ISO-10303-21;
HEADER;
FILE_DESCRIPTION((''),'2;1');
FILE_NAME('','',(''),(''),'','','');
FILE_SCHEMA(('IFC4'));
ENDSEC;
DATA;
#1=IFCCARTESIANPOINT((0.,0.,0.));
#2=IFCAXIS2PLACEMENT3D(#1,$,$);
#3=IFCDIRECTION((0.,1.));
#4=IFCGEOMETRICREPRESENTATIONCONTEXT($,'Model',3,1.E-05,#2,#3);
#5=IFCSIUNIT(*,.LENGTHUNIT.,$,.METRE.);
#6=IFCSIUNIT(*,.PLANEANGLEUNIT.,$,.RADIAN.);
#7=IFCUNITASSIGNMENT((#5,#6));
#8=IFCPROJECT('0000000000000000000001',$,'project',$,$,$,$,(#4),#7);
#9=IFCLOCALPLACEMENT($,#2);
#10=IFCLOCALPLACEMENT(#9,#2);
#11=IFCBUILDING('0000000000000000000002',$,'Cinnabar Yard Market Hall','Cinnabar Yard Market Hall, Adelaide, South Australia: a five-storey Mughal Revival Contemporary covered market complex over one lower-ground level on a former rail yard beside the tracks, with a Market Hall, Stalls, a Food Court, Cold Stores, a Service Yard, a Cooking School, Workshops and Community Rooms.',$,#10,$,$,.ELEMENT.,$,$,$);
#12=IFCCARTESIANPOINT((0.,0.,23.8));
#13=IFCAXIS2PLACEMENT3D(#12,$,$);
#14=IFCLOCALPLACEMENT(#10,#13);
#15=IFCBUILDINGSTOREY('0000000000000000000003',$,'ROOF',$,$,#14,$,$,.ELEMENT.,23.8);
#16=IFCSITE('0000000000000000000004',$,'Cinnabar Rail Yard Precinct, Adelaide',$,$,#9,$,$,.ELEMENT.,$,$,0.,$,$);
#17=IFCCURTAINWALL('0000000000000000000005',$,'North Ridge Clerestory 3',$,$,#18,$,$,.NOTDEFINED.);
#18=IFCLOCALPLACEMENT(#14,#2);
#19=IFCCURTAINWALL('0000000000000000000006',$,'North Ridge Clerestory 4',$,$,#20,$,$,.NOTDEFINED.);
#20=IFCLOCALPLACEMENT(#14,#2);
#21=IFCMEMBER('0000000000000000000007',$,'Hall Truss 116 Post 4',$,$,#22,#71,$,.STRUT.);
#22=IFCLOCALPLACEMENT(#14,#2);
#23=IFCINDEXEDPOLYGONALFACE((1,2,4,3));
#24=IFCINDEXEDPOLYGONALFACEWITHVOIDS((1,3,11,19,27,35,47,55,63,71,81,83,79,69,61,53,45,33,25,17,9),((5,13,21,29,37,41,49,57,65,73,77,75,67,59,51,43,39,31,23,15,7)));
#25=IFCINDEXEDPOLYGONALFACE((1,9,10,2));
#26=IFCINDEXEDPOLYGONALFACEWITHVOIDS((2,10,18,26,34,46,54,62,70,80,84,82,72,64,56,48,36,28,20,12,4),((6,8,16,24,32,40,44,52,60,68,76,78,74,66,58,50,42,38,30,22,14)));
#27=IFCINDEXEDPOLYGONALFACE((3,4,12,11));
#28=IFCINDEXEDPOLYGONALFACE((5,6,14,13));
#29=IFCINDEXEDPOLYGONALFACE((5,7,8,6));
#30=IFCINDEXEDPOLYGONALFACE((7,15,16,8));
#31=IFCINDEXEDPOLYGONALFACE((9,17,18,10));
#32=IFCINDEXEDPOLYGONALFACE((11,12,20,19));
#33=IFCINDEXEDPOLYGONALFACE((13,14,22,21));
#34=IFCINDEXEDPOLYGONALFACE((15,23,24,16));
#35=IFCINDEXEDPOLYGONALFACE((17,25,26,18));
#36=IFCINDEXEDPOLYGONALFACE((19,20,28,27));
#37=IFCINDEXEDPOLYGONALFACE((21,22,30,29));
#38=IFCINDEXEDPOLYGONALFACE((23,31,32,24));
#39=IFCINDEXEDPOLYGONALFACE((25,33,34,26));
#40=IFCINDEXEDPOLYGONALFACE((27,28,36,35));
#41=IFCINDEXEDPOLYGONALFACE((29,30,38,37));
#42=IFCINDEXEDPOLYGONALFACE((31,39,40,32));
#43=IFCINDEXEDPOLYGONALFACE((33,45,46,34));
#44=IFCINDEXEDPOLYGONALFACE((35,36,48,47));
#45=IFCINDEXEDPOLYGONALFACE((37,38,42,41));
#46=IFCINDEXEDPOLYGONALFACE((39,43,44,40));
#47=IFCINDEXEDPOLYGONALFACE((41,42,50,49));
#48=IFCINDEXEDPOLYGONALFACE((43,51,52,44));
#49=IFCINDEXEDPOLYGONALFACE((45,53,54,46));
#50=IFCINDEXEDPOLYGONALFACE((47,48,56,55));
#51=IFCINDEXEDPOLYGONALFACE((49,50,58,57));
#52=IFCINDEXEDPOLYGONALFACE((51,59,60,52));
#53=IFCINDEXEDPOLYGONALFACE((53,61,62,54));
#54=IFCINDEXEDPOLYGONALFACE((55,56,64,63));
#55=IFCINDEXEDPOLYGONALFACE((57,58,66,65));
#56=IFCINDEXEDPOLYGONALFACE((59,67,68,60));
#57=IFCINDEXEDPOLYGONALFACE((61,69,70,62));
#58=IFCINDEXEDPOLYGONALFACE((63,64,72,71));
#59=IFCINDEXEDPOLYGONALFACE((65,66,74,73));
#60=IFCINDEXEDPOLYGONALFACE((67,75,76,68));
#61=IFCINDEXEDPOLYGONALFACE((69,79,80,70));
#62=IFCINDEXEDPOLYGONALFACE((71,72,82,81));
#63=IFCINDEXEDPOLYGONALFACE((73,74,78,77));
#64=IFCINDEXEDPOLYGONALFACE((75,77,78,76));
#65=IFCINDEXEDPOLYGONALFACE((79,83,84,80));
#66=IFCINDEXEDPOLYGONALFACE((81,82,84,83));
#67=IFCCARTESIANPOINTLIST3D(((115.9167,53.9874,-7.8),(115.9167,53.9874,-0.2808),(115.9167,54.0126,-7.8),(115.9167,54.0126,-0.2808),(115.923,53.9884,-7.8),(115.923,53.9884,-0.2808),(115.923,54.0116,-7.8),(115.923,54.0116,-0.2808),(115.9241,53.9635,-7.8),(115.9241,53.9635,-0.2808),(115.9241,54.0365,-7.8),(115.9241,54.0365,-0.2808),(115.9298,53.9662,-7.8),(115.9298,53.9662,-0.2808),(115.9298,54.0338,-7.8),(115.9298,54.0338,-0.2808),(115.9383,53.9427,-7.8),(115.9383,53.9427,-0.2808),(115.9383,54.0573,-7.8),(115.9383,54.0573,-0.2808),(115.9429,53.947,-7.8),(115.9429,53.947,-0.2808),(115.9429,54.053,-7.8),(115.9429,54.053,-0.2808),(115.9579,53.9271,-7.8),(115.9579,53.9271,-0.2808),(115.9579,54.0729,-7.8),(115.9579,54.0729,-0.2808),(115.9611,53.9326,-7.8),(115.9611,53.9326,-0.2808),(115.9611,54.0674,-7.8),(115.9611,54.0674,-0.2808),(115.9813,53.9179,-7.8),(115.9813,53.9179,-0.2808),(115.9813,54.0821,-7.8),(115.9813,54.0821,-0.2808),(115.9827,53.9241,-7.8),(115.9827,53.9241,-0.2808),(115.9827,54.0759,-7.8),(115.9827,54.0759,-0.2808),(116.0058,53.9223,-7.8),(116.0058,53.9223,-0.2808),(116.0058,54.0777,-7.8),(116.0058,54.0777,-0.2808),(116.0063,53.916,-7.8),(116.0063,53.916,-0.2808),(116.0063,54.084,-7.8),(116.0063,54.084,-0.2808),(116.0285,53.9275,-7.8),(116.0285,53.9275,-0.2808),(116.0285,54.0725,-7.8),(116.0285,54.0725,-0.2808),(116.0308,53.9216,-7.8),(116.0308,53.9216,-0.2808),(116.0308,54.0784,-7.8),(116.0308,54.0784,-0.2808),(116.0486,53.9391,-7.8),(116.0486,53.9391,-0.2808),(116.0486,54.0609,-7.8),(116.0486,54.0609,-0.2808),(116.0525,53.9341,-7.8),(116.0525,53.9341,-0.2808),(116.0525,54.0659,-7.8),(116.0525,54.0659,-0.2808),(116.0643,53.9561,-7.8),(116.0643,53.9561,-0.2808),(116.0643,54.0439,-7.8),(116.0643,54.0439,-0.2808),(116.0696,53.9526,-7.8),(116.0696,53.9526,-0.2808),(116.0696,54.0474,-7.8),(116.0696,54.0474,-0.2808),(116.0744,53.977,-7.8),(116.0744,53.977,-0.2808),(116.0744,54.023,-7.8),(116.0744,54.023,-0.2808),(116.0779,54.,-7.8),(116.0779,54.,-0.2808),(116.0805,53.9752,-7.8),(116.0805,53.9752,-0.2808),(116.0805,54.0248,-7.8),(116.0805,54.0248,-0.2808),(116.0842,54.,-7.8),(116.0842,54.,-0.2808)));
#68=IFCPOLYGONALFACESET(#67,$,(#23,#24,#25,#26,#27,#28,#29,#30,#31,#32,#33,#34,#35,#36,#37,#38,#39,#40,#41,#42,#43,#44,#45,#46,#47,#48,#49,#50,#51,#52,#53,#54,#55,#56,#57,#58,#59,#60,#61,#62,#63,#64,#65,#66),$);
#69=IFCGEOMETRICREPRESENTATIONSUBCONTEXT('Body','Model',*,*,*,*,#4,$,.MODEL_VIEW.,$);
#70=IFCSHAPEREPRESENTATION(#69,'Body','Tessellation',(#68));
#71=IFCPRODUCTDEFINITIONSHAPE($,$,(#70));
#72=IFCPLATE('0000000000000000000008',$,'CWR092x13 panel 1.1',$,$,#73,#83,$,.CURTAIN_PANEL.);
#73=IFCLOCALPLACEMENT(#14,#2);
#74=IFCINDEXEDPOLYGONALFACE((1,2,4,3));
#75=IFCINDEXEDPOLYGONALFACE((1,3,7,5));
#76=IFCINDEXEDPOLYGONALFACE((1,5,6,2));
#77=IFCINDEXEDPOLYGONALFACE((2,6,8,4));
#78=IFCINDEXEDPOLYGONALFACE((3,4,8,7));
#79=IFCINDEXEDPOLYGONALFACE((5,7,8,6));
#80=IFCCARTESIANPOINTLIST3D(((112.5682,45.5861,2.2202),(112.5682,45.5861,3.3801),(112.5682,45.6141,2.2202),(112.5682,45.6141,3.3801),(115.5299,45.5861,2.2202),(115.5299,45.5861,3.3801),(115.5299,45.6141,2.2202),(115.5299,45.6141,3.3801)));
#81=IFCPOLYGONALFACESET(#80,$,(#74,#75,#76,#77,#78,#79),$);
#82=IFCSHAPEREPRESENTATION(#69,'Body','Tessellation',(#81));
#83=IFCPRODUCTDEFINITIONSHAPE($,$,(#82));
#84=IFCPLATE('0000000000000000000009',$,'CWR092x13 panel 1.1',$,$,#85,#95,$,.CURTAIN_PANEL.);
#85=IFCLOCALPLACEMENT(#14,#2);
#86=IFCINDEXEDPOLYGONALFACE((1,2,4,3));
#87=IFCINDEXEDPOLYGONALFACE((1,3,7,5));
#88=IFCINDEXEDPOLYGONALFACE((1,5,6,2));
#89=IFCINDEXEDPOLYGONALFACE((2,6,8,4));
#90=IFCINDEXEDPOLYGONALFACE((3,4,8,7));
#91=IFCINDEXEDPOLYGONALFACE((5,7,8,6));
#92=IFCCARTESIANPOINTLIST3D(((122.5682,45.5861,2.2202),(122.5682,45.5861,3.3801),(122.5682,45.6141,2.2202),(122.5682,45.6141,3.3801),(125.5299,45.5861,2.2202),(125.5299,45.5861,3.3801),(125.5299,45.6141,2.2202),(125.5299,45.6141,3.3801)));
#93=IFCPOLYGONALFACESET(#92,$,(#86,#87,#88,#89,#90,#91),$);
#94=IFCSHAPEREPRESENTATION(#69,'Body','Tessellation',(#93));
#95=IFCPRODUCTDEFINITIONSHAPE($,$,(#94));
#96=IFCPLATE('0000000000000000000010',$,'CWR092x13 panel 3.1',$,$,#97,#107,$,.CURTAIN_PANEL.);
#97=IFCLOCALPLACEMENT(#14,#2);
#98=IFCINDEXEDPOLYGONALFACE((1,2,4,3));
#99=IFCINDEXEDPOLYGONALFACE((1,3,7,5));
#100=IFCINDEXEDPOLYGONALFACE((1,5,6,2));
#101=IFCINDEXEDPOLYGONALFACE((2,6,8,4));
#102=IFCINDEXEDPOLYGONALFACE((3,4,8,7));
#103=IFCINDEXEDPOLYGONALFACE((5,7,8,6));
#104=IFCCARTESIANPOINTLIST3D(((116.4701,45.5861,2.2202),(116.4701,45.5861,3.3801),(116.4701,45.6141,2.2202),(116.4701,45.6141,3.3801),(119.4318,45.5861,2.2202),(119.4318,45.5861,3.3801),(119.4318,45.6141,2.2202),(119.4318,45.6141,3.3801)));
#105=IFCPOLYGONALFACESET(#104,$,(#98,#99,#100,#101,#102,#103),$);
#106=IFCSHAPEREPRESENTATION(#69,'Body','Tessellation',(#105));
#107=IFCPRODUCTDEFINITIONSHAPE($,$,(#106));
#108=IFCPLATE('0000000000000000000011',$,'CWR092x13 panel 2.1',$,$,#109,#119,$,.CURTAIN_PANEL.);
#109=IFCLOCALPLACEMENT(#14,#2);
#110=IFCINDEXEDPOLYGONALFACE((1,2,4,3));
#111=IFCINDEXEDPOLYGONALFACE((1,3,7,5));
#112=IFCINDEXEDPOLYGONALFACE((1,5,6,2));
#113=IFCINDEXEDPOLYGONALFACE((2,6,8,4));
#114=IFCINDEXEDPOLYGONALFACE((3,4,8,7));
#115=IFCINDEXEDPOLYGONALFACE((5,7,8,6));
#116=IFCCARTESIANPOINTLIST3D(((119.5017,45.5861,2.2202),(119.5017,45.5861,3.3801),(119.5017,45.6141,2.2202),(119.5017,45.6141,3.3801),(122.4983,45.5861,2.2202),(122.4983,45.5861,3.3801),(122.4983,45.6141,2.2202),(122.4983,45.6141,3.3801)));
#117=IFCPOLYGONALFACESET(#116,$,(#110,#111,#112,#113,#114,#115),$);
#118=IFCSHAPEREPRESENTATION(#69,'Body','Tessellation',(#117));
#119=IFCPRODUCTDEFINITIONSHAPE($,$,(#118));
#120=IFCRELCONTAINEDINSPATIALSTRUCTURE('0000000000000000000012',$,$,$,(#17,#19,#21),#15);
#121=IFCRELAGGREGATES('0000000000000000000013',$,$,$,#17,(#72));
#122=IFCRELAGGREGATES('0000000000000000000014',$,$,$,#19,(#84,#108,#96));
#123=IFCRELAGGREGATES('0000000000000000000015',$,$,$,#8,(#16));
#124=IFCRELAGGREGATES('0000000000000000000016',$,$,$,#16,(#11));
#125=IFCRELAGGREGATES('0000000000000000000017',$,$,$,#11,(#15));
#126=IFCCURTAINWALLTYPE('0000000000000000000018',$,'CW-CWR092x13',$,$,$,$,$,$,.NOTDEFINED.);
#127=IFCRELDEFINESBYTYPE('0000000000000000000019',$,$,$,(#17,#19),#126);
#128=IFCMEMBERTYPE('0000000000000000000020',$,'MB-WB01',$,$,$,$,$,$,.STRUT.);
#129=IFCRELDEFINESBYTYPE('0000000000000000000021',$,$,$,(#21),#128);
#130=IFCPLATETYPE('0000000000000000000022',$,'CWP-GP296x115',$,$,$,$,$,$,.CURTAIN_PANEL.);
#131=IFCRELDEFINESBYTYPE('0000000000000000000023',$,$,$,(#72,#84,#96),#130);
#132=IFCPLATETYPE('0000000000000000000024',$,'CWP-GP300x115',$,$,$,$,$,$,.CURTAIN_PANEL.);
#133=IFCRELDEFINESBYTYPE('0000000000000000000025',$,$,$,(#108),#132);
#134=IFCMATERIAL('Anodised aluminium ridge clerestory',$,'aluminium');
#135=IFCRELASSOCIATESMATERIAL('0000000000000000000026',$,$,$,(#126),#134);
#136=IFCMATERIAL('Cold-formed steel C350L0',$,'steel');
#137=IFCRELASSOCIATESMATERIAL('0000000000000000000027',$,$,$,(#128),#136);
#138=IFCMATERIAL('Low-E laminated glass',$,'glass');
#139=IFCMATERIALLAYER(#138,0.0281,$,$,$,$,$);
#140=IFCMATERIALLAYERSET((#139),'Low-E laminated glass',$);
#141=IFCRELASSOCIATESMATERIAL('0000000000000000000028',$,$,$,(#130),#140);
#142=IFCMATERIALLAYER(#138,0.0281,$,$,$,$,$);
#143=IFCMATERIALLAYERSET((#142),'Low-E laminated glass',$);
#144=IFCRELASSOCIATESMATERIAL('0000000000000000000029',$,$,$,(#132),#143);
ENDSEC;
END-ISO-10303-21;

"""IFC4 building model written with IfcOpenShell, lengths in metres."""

from ifc_helpers import new_model, si_unit, direction, frame, origin, origin_2d_with_axis, place, context, subcontext, project, spatial, rectangle, hollow_circle, extrude, material, layer, layer_set, material_profile, profile_set, type_object, element, aggregate, save


model = new_model("IFC4")

# Units and contexts
model_context = context("Model", 3, precision=1e-05, world=origin(), true_north=direction((0.0, 1.0)))
body_context = subcontext(model_context, "Body", "Model", "MODEL_VIEW")
ifc_project = project(units=[si_unit("LENGTHUNIT", "METRE"), si_unit("PLANEANGLEUNIT", "RADIAN")], contexts=[model_context])

# Site, building, storey
site_placement = place(None, origin())
site = spatial("IfcSite", under=ifc_project, at=site_placement, Name="Cinnabar Rail Yard Precinct, Adelaide", CompositionType="ELEMENT", RefElevation=0.0)
building_placement = place(site_placement, origin())
building = spatial("IfcBuilding", under=site, at=building_placement, Name="Cinnabar Yard Market Hall", Description="Cinnabar Yard Market Hall, Adelaide, South Australia: a five-storey Mughal Revival Contemporary covered market complex over one lower-ground level on a former rail yard beside the tracks, with a Market Hall, Stalls, a Food Court, Cold Stores, a Service Yard, a Cooking School, Workshops and Community Rooms.", CompositionType="ELEMENT")
storey_placement = place(building_placement, frame((0.0, 0.0, 23.8)))
storey = spatial("IfcBuildingStorey", under=building, at=storey_placement, Name="ROOF", CompositionType="ELEMENT", Elevation=23.8)

# Curtain wall
ifc_material_1 = material(Name="Anodised aluminium ridge clerestory", Category="aluminium")
curtain_wall_type = type_object("IfcCurtainWallType", Name="CW-CWR092x13", PredefinedType="NOTDEFINED", material=ifc_material_1)
curtain_wall_1_placement = place(storey_placement, origin())
curtain_wall_1 = element("IfcCurtainWall", 1, at=curtain_wall_1_placement, inside=storey, type_object=curtain_wall_type, Name="North Ridge Clerestory 3", PredefinedType="NOTDEFINED")

# Curtain wall
curtain_wall_2_placement = place(storey_placement, origin())
curtain_wall_2 = element("IfcCurtainWall", 2, at=curtain_wall_2_placement, inside=storey, type_object=curtain_wall_type, Name="North Ridge Clerestory 4", PredefinedType="NOTDEFINED")

# Member
ifc_material_2 = material(Name="Cold-formed steel C350L0", Category="steel")
ifc_material_profile_1 = material_profile(ifc_material_2, hollow_circle(Radius=0.0842, WallThickness=0.0063, at=origin_2d_with_axis()), Name="168.3x6.4CHS")
ifc_profile_set_1 = profile_set([ifc_material_profile_1], Name="Cold-formed steel C350L0")
member_type_1 = type_object("IfcMemberType", Name="MB-WB01", PredefinedType="STRUT", material=ifc_profile_set_1)
member_1_placement = place(storey_placement, frame((116.0, 54.0, -7.8), z_axis=(0.0, 0.0, 1.0), x_axis=(1.0, 0.0, 0.0)))
element("IfcMember", 3, at=member_1_placement, inside=storey, type_object=member_type_1, Name="Hall Truss 116 Post 4", PredefinedType="STRUT", context=body_context, shape_type="SweptSolid", body=[
    extrude(hollow_circle(Radius=0.0842, WallThickness=0.0063, at=origin_2d_with_axis()), origin(), (0.0, 0.0, 1.0), 7.5193),
])

# Plates
ifc_material_3 = material(Name="Low-E laminated glass", Category="glass")
ifc_layer_1 = layer(ifc_material_3, 0.0281)
ifc_layer_set_1 = layer_set([ifc_layer_1], Name="Low-E laminated glass")
plate_type_1 = type_object("IfcPlateType", Name="CWP-GP296x115", PredefinedType="CURTAIN_PANEL", material=ifc_layer_set_1)
plate_1_placement = place(storey_placement, frame((114.0491, 45.6001, 2.2202), z_axis=(0.0, 0.0, 1.0), x_axis=(-1.0, 0.0, 0.0)))
plate_1 = element("IfcPlate", 4, at=plate_1_placement, type_object=plate_type_1, Name="CWR092x13 panel 1.1", PredefinedType="CURTAIN_PANEL", context=body_context, shape_type="SweptSolid", body=[
    extrude(rectangle(XDim=2.9617, YDim=0.0281, at=origin_2d_with_axis()), origin(), (0.0, 0.0, 1.0), 1.1599),
])
aggregate(curtain_wall_1, [plate_1])
plate_2_placement = place(storey_placement, frame((124.0491, 45.6001, 2.2202), z_axis=(0.0, 0.0, 1.0), x_axis=(-1.0, 0.0, 0.0)))
plate_2 = element("IfcPlate", 5, at=plate_2_placement, type_object=plate_type_1, Name="CWR092x13 panel 1.1", PredefinedType="CURTAIN_PANEL", context=body_context, shape_type="SweptSolid", body=[
    extrude(rectangle(XDim=2.9617, YDim=0.0281, at=origin_2d_with_axis()), origin(), (0.0, 0.0, 1.0), 1.1599),
])
plate_3_placement = place(storey_placement, frame((117.9509, 45.6001, 2.2202), z_axis=(0.0, 0.0, 1.0), x_axis=(-1.0, 0.0, 0.0)))
plate_3 = element("IfcPlate", 6, at=plate_3_placement, type_object=plate_type_1, Name="CWR092x13 panel 3.1", PredefinedType="CURTAIN_PANEL", context=body_context, shape_type="SweptSolid", body=[
    extrude(rectangle(XDim=2.9617, YDim=0.0281, at=origin_2d_with_axis()), origin(), (0.0, 0.0, 1.0), 1.1599),
])
ifc_layer_2 = layer(ifc_material_3, 0.0281)
ifc_layer_set_2 = layer_set([ifc_layer_2], Name="Low-E laminated glass")
plate_type_2 = type_object("IfcPlateType", Name="CWP-GP300x115", PredefinedType="CURTAIN_PANEL", material=ifc_layer_set_2)
plate_4_placement = place(storey_placement, frame((121.0, 45.6001, 2.2202), z_axis=(0.0, 0.0, 1.0), x_axis=(-1.0, 0.0, 0.0)))
plate_4 = element("IfcPlate", 7, at=plate_4_placement, type_object=plate_type_2, Name="CWR092x13 panel 2.1", PredefinedType="CURTAIN_PANEL", context=body_context, shape_type="SweptSolid", body=[
    extrude(rectangle(XDim=2.9966, YDim=0.0281, at=origin_2d_with_axis()), origin(), (0.0, 0.0, 1.0), 1.1599),
])
aggregate(curtain_wall_2, [plate_2, plate_4, plate_3])

save(model, "model.ifc")
